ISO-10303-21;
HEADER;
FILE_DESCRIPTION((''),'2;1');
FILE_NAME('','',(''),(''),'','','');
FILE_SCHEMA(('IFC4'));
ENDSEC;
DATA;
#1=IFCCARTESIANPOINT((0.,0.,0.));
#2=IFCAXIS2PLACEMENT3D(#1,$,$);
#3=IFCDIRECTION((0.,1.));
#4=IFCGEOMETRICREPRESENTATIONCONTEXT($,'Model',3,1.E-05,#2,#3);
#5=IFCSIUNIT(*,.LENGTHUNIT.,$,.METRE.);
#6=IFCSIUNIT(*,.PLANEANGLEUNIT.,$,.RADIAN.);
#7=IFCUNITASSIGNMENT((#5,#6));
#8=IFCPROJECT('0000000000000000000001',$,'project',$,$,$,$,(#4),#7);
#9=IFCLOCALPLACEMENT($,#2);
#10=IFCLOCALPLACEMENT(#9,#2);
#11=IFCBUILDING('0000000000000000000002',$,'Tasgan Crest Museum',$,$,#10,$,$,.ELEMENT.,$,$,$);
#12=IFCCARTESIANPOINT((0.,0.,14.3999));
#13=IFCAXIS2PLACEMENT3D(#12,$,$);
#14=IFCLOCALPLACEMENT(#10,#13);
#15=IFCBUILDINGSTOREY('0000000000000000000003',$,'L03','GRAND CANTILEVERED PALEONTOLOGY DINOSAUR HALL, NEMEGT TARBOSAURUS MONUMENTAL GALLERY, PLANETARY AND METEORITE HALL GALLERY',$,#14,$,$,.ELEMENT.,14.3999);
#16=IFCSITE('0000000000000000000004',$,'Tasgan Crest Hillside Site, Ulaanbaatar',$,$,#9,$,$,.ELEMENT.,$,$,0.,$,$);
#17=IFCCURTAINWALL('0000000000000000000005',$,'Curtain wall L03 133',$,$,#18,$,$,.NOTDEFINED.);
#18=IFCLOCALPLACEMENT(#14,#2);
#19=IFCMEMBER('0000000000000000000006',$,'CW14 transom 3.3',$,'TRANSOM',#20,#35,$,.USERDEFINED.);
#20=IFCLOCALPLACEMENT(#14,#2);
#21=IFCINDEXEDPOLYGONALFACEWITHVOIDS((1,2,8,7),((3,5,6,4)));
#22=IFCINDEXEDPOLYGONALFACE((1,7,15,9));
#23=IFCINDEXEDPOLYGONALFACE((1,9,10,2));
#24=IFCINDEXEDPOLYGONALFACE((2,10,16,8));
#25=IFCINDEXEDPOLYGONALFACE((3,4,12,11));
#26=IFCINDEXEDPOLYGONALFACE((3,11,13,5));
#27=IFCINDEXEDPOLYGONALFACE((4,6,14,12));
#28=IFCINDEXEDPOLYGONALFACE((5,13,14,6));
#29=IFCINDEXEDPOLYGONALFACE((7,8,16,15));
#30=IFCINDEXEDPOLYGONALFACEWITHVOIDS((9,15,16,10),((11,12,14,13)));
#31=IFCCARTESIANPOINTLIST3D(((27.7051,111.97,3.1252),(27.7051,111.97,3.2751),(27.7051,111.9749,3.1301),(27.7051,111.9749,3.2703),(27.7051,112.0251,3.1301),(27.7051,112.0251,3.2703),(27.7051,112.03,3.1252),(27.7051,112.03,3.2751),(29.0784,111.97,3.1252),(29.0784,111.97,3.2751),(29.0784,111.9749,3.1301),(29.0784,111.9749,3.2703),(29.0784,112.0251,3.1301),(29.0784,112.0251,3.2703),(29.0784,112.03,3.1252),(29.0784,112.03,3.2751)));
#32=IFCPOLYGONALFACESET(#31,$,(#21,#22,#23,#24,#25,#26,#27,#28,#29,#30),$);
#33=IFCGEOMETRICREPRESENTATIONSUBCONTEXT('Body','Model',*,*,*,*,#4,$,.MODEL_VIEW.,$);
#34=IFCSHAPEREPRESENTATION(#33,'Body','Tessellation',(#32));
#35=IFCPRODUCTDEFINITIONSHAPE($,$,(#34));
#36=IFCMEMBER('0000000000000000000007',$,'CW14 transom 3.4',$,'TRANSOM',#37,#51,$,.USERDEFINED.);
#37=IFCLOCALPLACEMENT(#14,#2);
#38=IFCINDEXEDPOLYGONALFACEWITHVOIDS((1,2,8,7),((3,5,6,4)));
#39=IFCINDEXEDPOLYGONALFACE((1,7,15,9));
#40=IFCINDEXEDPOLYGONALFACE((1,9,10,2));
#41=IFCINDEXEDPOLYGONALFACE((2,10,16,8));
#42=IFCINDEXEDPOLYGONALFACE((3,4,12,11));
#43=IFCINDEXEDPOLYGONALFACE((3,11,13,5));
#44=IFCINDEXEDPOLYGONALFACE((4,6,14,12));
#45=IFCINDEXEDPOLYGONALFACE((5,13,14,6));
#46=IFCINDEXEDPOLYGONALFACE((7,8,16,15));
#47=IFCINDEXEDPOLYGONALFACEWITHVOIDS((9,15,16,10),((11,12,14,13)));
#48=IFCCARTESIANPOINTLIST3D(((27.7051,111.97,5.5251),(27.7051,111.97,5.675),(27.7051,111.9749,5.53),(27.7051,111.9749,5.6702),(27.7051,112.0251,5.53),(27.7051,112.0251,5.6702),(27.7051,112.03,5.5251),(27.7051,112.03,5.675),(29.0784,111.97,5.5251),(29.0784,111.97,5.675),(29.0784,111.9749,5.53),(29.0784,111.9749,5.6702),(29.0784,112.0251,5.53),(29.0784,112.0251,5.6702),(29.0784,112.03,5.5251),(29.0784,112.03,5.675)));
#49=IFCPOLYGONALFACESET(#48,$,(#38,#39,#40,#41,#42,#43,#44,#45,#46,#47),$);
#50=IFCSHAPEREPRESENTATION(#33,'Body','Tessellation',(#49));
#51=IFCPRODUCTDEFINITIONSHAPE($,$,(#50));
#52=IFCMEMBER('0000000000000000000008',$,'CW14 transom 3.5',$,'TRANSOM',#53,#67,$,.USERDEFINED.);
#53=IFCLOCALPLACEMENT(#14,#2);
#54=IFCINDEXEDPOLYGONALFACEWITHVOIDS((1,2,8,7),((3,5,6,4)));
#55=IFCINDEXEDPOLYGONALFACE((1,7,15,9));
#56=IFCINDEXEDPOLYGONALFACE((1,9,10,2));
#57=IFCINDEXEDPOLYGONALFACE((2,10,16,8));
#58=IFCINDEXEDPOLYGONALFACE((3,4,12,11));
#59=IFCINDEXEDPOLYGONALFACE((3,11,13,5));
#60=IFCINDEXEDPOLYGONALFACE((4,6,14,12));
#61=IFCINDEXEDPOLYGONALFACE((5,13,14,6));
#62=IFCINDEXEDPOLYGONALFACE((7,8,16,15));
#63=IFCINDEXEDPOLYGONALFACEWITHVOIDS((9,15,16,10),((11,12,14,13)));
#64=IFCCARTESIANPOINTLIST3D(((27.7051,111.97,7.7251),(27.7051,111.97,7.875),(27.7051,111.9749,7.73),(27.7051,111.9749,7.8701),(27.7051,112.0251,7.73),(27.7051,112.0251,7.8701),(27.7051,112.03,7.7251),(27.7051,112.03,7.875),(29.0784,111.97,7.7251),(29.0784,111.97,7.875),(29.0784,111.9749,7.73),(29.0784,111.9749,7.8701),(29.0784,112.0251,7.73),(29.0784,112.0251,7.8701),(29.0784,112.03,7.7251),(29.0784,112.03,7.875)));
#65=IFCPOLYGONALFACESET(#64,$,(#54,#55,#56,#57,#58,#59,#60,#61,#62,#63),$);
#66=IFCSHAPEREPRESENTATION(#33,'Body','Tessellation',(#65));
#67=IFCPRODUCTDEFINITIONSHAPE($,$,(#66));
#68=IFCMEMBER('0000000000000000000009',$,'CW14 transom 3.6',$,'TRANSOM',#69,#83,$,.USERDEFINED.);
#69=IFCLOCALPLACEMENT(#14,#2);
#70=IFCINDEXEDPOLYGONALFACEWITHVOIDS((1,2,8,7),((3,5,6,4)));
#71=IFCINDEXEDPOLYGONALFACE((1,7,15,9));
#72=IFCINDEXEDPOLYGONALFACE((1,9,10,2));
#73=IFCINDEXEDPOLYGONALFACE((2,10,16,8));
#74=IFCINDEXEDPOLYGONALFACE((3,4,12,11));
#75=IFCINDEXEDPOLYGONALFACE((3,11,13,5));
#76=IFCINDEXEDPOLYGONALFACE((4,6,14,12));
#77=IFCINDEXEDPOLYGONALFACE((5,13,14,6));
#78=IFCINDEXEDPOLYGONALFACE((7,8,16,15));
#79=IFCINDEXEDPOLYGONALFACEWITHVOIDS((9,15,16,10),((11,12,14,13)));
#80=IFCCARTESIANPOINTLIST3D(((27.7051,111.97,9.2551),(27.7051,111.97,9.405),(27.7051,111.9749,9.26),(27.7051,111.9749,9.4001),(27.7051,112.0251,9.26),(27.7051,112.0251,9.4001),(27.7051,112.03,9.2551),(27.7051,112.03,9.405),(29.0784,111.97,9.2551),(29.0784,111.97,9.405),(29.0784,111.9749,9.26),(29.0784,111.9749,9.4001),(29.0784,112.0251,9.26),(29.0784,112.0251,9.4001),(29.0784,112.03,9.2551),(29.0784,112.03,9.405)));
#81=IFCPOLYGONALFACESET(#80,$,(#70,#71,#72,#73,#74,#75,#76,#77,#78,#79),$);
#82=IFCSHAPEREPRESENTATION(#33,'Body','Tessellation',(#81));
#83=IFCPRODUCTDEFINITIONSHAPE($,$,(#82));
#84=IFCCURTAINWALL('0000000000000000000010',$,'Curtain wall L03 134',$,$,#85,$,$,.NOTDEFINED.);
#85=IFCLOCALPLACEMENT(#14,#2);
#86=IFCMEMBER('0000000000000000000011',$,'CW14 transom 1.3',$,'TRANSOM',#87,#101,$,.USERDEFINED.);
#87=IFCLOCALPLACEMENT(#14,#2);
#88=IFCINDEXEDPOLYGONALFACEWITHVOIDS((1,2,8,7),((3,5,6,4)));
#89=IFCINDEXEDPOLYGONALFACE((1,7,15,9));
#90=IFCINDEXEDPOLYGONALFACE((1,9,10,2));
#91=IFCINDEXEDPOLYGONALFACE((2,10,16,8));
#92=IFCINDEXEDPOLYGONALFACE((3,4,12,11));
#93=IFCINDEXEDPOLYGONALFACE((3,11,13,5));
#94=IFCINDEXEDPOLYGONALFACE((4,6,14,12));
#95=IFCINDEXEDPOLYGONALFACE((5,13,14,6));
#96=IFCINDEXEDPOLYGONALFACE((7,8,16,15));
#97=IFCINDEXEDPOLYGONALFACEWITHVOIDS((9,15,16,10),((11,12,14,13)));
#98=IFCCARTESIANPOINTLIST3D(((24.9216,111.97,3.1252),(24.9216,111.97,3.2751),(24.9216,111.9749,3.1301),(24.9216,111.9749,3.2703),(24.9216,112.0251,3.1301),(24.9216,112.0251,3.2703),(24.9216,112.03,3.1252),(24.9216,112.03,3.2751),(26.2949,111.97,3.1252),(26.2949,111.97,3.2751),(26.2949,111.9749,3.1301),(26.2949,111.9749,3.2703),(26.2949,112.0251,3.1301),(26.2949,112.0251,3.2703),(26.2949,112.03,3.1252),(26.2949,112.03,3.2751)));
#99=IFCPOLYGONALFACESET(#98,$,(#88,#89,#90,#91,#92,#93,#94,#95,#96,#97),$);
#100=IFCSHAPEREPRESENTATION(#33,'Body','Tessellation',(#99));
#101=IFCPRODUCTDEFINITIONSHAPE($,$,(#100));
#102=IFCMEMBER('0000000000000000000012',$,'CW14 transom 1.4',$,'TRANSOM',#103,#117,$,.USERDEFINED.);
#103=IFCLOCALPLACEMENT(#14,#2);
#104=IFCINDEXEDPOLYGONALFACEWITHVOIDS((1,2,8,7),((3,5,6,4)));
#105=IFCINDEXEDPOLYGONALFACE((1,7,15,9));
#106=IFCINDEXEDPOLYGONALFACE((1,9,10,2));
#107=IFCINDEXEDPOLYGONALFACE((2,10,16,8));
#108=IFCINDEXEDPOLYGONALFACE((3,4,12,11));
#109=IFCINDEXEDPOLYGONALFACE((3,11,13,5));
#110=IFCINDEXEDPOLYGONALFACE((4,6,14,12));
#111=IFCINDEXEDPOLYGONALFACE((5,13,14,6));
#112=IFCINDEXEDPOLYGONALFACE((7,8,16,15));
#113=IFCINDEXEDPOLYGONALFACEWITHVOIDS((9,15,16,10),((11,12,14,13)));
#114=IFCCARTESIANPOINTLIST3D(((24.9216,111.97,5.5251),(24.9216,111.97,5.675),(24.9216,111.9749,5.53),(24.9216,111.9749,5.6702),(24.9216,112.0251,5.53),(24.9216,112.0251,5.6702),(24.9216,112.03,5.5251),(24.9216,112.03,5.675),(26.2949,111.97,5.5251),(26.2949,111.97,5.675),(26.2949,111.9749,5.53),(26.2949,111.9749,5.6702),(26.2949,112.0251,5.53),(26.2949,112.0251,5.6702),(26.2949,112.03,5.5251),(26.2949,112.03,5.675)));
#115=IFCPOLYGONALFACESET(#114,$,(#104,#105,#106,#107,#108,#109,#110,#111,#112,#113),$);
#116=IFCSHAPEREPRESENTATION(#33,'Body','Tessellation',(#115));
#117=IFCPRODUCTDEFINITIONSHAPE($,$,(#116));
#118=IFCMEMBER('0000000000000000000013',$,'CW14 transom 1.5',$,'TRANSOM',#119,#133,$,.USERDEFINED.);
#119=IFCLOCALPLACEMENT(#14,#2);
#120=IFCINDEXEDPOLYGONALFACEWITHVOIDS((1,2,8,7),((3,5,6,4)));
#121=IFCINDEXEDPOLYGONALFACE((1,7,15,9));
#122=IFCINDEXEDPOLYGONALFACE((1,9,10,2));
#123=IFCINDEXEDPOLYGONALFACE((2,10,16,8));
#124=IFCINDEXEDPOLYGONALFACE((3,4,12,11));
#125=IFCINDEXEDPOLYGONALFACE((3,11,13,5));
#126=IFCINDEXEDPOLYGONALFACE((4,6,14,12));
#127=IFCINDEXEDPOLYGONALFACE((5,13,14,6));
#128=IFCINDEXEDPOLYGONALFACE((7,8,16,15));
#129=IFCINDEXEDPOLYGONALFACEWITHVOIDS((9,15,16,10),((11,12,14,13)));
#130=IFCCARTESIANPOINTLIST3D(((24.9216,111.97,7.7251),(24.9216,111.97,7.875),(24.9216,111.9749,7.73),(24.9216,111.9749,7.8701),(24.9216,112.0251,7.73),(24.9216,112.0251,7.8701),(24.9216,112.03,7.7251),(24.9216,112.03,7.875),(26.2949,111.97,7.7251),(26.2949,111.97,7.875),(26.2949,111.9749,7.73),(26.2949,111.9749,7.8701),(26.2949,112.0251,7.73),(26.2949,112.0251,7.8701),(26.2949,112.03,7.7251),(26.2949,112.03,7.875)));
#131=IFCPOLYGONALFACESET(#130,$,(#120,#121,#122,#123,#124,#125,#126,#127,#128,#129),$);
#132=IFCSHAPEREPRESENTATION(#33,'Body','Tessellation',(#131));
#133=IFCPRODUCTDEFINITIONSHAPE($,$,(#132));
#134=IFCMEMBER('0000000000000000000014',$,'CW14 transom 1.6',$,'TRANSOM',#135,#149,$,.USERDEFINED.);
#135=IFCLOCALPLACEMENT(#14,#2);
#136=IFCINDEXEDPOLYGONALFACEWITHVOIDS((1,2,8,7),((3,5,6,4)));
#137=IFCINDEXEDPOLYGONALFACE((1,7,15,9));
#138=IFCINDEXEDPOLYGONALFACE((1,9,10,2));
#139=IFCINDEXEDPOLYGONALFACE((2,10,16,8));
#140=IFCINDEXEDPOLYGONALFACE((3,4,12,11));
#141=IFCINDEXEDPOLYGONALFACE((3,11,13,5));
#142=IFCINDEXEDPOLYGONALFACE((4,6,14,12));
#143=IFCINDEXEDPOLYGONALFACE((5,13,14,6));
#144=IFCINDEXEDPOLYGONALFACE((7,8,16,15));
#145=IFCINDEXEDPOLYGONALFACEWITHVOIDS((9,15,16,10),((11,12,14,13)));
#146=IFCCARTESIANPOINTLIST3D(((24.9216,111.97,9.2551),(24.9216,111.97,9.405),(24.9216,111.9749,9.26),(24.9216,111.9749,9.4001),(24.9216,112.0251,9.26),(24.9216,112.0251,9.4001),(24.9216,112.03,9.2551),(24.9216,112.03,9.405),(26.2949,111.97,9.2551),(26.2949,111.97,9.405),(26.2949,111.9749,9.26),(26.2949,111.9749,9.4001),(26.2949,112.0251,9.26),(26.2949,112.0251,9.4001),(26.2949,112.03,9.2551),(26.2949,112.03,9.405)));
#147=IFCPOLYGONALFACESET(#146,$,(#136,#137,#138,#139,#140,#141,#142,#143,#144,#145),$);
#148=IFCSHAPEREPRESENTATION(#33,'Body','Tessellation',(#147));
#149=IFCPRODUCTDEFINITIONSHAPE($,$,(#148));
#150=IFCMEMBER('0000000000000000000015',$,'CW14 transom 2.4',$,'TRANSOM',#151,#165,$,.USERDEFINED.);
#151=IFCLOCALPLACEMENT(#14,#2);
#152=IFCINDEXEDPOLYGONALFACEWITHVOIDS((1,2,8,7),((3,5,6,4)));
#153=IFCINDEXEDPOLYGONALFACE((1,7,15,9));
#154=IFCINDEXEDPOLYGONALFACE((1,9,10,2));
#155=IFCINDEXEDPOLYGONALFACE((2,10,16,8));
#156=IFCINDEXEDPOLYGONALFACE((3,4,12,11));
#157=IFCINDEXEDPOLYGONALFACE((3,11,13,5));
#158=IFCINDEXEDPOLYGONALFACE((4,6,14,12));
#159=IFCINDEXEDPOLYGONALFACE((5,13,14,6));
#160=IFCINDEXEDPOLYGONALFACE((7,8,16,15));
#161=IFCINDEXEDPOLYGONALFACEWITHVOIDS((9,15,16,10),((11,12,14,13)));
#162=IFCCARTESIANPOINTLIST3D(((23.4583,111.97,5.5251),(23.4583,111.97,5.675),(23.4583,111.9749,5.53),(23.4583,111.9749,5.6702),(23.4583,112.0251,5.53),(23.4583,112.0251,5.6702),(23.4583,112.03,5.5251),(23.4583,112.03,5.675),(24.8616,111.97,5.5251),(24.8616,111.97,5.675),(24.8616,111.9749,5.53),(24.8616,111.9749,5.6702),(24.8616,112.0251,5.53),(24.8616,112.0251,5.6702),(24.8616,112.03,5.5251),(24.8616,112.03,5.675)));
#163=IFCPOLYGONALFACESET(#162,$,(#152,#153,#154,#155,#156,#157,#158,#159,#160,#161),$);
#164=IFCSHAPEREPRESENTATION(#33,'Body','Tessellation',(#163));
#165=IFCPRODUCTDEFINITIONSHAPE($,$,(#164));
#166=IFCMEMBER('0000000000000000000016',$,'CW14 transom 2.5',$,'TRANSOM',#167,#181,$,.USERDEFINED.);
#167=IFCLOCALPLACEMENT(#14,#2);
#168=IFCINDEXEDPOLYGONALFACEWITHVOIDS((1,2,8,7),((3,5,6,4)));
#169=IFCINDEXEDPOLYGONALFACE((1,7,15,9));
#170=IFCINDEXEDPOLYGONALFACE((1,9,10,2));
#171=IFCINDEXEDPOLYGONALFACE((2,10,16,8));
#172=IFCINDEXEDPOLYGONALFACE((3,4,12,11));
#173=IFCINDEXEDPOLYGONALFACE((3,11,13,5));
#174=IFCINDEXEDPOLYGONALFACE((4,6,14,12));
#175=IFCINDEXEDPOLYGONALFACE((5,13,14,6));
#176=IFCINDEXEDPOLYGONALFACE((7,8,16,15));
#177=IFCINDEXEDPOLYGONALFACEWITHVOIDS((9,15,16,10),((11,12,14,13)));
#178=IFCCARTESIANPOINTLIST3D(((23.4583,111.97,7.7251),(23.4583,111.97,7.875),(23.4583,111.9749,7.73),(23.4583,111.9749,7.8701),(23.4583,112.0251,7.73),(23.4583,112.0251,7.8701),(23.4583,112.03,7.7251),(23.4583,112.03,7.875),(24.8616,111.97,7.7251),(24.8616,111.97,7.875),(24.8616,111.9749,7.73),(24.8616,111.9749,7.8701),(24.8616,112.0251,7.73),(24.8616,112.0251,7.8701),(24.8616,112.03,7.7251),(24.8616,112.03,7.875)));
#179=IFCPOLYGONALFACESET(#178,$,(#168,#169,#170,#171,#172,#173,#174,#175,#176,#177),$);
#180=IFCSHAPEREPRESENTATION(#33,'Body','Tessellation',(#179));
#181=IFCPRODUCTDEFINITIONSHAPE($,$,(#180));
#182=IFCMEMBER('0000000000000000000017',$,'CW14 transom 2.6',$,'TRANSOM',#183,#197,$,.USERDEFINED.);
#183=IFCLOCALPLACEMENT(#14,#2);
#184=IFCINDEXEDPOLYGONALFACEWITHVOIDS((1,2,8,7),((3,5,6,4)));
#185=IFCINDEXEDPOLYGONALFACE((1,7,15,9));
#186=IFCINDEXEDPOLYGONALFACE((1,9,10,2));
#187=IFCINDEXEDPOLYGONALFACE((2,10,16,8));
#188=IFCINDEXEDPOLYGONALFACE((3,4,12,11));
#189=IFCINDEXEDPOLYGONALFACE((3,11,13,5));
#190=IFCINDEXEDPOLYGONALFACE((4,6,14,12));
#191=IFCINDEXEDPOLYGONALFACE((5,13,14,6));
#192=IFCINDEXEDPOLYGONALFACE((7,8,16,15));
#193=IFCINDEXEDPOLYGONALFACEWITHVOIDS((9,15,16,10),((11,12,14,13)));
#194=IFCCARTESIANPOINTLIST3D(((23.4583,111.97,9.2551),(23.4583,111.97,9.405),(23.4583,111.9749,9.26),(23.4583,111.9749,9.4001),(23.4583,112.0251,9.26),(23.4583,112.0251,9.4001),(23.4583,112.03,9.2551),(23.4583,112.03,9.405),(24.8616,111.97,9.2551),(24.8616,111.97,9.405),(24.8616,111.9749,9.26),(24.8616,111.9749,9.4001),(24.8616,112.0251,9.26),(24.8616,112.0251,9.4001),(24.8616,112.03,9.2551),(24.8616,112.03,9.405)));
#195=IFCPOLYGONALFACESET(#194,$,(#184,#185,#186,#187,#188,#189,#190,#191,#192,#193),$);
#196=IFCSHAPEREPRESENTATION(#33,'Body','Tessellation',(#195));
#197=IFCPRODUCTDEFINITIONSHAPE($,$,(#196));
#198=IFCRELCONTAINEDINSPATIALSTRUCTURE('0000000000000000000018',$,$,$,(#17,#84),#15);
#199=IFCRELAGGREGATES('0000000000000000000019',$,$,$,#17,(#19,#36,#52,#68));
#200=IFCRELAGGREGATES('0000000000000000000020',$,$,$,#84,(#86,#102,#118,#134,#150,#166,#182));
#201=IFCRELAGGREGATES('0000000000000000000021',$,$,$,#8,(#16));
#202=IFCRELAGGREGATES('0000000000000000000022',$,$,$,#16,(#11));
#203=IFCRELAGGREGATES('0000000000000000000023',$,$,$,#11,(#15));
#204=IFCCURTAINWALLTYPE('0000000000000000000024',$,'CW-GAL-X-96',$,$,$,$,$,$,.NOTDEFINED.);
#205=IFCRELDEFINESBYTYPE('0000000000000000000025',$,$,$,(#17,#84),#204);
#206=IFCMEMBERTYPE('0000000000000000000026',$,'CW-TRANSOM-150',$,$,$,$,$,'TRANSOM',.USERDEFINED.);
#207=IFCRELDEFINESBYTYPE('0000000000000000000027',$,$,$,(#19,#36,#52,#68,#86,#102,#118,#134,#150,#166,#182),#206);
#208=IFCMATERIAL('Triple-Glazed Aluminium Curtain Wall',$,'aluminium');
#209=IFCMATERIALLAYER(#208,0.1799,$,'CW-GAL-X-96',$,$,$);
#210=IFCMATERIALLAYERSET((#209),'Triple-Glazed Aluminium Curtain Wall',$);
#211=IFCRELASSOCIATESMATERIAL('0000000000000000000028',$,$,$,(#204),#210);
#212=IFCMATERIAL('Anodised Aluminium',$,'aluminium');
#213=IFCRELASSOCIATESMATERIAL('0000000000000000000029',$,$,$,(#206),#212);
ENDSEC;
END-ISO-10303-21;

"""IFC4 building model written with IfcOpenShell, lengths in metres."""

from ifc_helpers import new_model, si_unit, direction, frame, origin, origin_2d, place, context, subcontext, project, spatial, hollow_rectangle, extrude, material, layer, layer_set, material_profile, profile_set, type_object, element, aggregate, save


model = new_model("IFC4")

# Units and contexts
model_context = context("Model", 3, precision=1e-05, world=origin(), true_north=direction((0.0, 1.0)))
body_context = subcontext(model_context, "Body", "Model", "MODEL_VIEW")
ifc_project = project(units=[si_unit("LENGTHUNIT", "METRE"), si_unit("PLANEANGLEUNIT", "RADIAN")], contexts=[model_context])

# Site, building, storey
site_placement = place(None, origin())
site = spatial("IfcSite", under=ifc_project, at=site_placement, Name="Tasgan Crest Hillside Site, Ulaanbaatar", CompositionType="ELEMENT", RefElevation=0.0)
building_placement = place(site_placement, origin())
building = spatial("IfcBuilding", under=site, at=building_placement, Name="Tasgan Crest Museum", CompositionType="ELEMENT")
storey_placement = place(building_placement, frame((0.0, 0.0, 14.3999)))
storey = spatial("IfcBuildingStorey", under=building, at=storey_placement, Name="L03", Description="GRAND CANTILEVERED PALEONTOLOGY DINOSAUR HALL, NEMEGT TARBOSAURUS MONUMENTAL GALLERY, PLANETARY AND METEORITE HALL GALLERY", CompositionType="ELEMENT", Elevation=14.3999)

# Curtain walls, members
ifc_material_1 = material(Name="Triple-Glazed Aluminium Curtain Wall", Category="aluminium")
ifc_layer_1 = layer(ifc_material_1, 0.1799, Name="CW-GAL-X-96")
ifc_layer_set_1 = layer_set([ifc_layer_1], Name="Triple-Glazed Aluminium Curtain Wall")
curtain_wall_type = type_object("IfcCurtainWallType", Name="CW-GAL-X-96", PredefinedType="NOTDEFINED", material=ifc_layer_set_1)
curtain_wall_1_placement = place(storey_placement, origin())
curtain_wall_1 = element("IfcCurtainWall", 1, at=curtain_wall_1_placement, inside=storey, type_object=curtain_wall_type, Name="Curtain wall L03 133", PredefinedType="NOTDEFINED")
ifc_material_2 = material(Name="Anodised Aluminium", Category="aluminium")
ifc_material_profile = material_profile(ifc_material_2, hollow_rectangle(XDim=0.0601, YDim=0.1499, WallThickness=0.0049, at=origin_2d()), Name="ALU TRANSOM 150x60x5")
ifc_profile_set = profile_set([ifc_material_profile], Name="Anodised Aluminium")
member_type = type_object("IfcMemberType", Name="CW-TRANSOM-150", ElementType="TRANSOM", PredefinedType="USERDEFINED", material=ifc_profile_set)
member_1_placement = place(storey_placement, frame((29.0784, 112.0, 3.2002), z_axis=(-1.0, 0.0, 0.0), x_axis=(0.0, -1.0, 0.0)))
member_1 = element("IfcMember", 2, at=member_1_placement, type_object=member_type, Name="CW14 transom 3.3", ObjectType="TRANSOM", PredefinedType="USERDEFINED", context=body_context, shape_type="SweptSolid", body=[
    extrude(hollow_rectangle(XDim=0.0601, YDim=0.1499, WallThickness=0.0049, at=origin_2d()), origin(), (0.0, 0.0, 1.0), 1.3733),
])
member_2_placement = place(storey_placement, frame((29.0784, 112.0, 5.6001), z_axis=(-1.0, 0.0, 0.0), x_axis=(0.0, -1.0, 0.0)))
member_2 = element("IfcMember", 3, at=member_2_placement, type_object=member_type, Name="CW14 transom 3.4", ObjectType="TRANSOM", PredefinedType="USERDEFINED", context=body_context, shape_type="SweptSolid", body=[
    extrude(hollow_rectangle(XDim=0.0601, YDim=0.1499, WallThickness=0.0049, at=origin_2d()), origin(), (0.0, 0.0, 1.0), 1.3733),
])
member_3_placement = place(storey_placement, frame((29.0784, 112.0, 7.8), z_axis=(-1.0, 0.0, 0.0), x_axis=(0.0, -1.0, 0.0)))
member_3 = element("IfcMember", 4, at=member_3_placement, type_object=member_type, Name="CW14 transom 3.5", ObjectType="TRANSOM", PredefinedType="USERDEFINED", context=body_context, shape_type="SweptSolid", body=[
    extrude(hollow_rectangle(XDim=0.0601, YDim=0.1499, WallThickness=0.0049, at=origin_2d()), origin(), (0.0, 0.0, 1.0), 1.3733),
])
member_4_placement = place(storey_placement, frame((29.0784, 112.0, 9.3301), z_axis=(-1.0, 0.0, 0.0), x_axis=(0.0, -1.0, 0.0)))
member_4 = element("IfcMember", 5, at=member_4_placement, type_object=member_type, Name="CW14 transom 3.6", ObjectType="TRANSOM", PredefinedType="USERDEFINED", context=body_context, shape_type="SweptSolid", body=[
    extrude(hollow_rectangle(XDim=0.0601, YDim=0.1499, WallThickness=0.0049, at=origin_2d()), origin(), (0.0, 0.0, 1.0), 1.3733),
])
curtain_wall_2_placement = place(storey_placement, origin())
curtain_wall_2 = element("IfcCurtainWall", 6, at=curtain_wall_2_placement, inside=storey, type_object=curtain_wall_type, Name="Curtain wall L03 134", PredefinedType="NOTDEFINED")
member_5_placement = place(storey_placement, frame((26.2949, 112.0, 3.2002), z_axis=(-1.0, 0.0, 0.0), x_axis=(0.0, -1.0, 0.0)))
member_5 = element("IfcMember", 7, at=member_5_placement, type_object=member_type, Name="CW14 transom 1.3", ObjectType="TRANSOM", PredefinedType="USERDEFINED", context=body_context, shape_type="SweptSolid", body=[
    extrude(hollow_rectangle(XDim=0.0601, YDim=0.1499, WallThickness=0.0049, at=origin_2d()), origin(), (0.0, 0.0, 1.0), 1.3733),
])
member_6_placement = place(storey_placement, frame((26.2949, 112.0, 5.6001), z_axis=(-1.0, 0.0, 0.0), x_axis=(0.0, -1.0, 0.0)))
member_6 = element("IfcMember", 8, at=member_6_placement, type_object=member_type, Name="CW14 transom 1.4", ObjectType="TRANSOM", PredefinedType="USERDEFINED", context=body_context, shape_type="SweptSolid", body=[
    extrude(hollow_rectangle(XDim=0.0601, YDim=0.1499, WallThickness=0.0049, at=origin_2d()), origin(), (0.0, 0.0, 1.0), 1.3733),
])
member_7_placement = place(storey_placement, frame((26.2949, 112.0, 7.8), z_axis=(-1.0, 0.0, 0.0), x_axis=(0.0, -1.0, 0.0)))
member_7 = element("IfcMember", 9, at=member_7_placement, type_object=member_type, Name="CW14 transom 1.5", ObjectType="TRANSOM", PredefinedType="USERDEFINED", context=body_context, shape_type="SweptSolid", body=[
    extrude(hollow_rectangle(XDim=0.0601, YDim=0.1499, WallThickness=0.0049, at=origin_2d()), origin(), (0.0, 0.0, 1.0), 1.3733),
])
member_8_placement = place(storey_placement, frame((26.2949, 112.0, 9.3301), z_axis=(-1.0, 0.0, 0.0), x_axis=(0.0, -1.0, 0.0)))
member_8 = element("IfcMember", 10, at=member_8_placement, type_object=member_type, Name="CW14 transom 1.6", ObjectType="TRANSOM", PredefinedType="USERDEFINED", context=body_context, shape_type="SweptSolid", body=[
    extrude(hollow_rectangle(XDim=0.0601, YDim=0.1499, WallThickness=0.0049, at=origin_2d()), origin(), (0.0, 0.0, 1.0), 1.3733),
])
member_9_placement = place(storey_placement, frame((24.8616, 112.0, 5.6001), z_axis=(-1.0, 0.0, 0.0), x_axis=(0.0, -1.0, 0.0)))
member_9 = element("IfcMember", 11, at=member_9_placement, type_object=member_type, Name="CW14 transom 2.4", ObjectType="TRANSOM", PredefinedType="USERDEFINED", context=body_context, shape_type="SweptSolid", body=[
    extrude(hollow_rectangle(XDim=0.0601, YDim=0.1499, WallThickness=0.0049, at=origin_2d()), origin(), (0.0, 0.0, 1.0), 1.4033),
])
member_10_placement = place(storey_placement, frame((24.8616, 112.0, 7.8), z_axis=(-1.0, 0.0, 0.0), x_axis=(0.0, -1.0, 0.0)))
member_10 = element("IfcMember", 12, at=member_10_placement, type_object=member_type, Name="CW14 transom 2.5", ObjectType="TRANSOM", PredefinedType="USERDEFINED", context=body_context, shape_type="SweptSolid", body=[
    extrude(hollow_rectangle(XDim=0.0601, YDim=0.1499, WallThickness=0.0049, at=origin_2d()), origin(), (0.0, 0.0, 1.0), 1.4033),
])
member_11_placement = place(storey_placement, frame((24.8616, 112.0, 9.3301), z_axis=(-1.0, 0.0, 0.0), x_axis=(0.0, -1.0, 0.0)))
member_11 = element("IfcMember", 13, at=member_11_placement, type_object=member_type, Name="CW14 transom 2.6", ObjectType="TRANSOM", PredefinedType="USERDEFINED", context=body_context, shape_type="SweptSolid", body=[
    extrude(hollow_rectangle(XDim=0.0601, YDim=0.1499, WallThickness=0.0049, at=origin_2d()), origin(), (0.0, 0.0, 1.0), 1.4033),
])

aggregate(curtain_wall_1, [member_1, member_2, member_3, member_4])
aggregate(curtain_wall_2, [member_5, member_6, member_7, member_8, member_9, member_10, member_11])

save(model, "model.ifc")
